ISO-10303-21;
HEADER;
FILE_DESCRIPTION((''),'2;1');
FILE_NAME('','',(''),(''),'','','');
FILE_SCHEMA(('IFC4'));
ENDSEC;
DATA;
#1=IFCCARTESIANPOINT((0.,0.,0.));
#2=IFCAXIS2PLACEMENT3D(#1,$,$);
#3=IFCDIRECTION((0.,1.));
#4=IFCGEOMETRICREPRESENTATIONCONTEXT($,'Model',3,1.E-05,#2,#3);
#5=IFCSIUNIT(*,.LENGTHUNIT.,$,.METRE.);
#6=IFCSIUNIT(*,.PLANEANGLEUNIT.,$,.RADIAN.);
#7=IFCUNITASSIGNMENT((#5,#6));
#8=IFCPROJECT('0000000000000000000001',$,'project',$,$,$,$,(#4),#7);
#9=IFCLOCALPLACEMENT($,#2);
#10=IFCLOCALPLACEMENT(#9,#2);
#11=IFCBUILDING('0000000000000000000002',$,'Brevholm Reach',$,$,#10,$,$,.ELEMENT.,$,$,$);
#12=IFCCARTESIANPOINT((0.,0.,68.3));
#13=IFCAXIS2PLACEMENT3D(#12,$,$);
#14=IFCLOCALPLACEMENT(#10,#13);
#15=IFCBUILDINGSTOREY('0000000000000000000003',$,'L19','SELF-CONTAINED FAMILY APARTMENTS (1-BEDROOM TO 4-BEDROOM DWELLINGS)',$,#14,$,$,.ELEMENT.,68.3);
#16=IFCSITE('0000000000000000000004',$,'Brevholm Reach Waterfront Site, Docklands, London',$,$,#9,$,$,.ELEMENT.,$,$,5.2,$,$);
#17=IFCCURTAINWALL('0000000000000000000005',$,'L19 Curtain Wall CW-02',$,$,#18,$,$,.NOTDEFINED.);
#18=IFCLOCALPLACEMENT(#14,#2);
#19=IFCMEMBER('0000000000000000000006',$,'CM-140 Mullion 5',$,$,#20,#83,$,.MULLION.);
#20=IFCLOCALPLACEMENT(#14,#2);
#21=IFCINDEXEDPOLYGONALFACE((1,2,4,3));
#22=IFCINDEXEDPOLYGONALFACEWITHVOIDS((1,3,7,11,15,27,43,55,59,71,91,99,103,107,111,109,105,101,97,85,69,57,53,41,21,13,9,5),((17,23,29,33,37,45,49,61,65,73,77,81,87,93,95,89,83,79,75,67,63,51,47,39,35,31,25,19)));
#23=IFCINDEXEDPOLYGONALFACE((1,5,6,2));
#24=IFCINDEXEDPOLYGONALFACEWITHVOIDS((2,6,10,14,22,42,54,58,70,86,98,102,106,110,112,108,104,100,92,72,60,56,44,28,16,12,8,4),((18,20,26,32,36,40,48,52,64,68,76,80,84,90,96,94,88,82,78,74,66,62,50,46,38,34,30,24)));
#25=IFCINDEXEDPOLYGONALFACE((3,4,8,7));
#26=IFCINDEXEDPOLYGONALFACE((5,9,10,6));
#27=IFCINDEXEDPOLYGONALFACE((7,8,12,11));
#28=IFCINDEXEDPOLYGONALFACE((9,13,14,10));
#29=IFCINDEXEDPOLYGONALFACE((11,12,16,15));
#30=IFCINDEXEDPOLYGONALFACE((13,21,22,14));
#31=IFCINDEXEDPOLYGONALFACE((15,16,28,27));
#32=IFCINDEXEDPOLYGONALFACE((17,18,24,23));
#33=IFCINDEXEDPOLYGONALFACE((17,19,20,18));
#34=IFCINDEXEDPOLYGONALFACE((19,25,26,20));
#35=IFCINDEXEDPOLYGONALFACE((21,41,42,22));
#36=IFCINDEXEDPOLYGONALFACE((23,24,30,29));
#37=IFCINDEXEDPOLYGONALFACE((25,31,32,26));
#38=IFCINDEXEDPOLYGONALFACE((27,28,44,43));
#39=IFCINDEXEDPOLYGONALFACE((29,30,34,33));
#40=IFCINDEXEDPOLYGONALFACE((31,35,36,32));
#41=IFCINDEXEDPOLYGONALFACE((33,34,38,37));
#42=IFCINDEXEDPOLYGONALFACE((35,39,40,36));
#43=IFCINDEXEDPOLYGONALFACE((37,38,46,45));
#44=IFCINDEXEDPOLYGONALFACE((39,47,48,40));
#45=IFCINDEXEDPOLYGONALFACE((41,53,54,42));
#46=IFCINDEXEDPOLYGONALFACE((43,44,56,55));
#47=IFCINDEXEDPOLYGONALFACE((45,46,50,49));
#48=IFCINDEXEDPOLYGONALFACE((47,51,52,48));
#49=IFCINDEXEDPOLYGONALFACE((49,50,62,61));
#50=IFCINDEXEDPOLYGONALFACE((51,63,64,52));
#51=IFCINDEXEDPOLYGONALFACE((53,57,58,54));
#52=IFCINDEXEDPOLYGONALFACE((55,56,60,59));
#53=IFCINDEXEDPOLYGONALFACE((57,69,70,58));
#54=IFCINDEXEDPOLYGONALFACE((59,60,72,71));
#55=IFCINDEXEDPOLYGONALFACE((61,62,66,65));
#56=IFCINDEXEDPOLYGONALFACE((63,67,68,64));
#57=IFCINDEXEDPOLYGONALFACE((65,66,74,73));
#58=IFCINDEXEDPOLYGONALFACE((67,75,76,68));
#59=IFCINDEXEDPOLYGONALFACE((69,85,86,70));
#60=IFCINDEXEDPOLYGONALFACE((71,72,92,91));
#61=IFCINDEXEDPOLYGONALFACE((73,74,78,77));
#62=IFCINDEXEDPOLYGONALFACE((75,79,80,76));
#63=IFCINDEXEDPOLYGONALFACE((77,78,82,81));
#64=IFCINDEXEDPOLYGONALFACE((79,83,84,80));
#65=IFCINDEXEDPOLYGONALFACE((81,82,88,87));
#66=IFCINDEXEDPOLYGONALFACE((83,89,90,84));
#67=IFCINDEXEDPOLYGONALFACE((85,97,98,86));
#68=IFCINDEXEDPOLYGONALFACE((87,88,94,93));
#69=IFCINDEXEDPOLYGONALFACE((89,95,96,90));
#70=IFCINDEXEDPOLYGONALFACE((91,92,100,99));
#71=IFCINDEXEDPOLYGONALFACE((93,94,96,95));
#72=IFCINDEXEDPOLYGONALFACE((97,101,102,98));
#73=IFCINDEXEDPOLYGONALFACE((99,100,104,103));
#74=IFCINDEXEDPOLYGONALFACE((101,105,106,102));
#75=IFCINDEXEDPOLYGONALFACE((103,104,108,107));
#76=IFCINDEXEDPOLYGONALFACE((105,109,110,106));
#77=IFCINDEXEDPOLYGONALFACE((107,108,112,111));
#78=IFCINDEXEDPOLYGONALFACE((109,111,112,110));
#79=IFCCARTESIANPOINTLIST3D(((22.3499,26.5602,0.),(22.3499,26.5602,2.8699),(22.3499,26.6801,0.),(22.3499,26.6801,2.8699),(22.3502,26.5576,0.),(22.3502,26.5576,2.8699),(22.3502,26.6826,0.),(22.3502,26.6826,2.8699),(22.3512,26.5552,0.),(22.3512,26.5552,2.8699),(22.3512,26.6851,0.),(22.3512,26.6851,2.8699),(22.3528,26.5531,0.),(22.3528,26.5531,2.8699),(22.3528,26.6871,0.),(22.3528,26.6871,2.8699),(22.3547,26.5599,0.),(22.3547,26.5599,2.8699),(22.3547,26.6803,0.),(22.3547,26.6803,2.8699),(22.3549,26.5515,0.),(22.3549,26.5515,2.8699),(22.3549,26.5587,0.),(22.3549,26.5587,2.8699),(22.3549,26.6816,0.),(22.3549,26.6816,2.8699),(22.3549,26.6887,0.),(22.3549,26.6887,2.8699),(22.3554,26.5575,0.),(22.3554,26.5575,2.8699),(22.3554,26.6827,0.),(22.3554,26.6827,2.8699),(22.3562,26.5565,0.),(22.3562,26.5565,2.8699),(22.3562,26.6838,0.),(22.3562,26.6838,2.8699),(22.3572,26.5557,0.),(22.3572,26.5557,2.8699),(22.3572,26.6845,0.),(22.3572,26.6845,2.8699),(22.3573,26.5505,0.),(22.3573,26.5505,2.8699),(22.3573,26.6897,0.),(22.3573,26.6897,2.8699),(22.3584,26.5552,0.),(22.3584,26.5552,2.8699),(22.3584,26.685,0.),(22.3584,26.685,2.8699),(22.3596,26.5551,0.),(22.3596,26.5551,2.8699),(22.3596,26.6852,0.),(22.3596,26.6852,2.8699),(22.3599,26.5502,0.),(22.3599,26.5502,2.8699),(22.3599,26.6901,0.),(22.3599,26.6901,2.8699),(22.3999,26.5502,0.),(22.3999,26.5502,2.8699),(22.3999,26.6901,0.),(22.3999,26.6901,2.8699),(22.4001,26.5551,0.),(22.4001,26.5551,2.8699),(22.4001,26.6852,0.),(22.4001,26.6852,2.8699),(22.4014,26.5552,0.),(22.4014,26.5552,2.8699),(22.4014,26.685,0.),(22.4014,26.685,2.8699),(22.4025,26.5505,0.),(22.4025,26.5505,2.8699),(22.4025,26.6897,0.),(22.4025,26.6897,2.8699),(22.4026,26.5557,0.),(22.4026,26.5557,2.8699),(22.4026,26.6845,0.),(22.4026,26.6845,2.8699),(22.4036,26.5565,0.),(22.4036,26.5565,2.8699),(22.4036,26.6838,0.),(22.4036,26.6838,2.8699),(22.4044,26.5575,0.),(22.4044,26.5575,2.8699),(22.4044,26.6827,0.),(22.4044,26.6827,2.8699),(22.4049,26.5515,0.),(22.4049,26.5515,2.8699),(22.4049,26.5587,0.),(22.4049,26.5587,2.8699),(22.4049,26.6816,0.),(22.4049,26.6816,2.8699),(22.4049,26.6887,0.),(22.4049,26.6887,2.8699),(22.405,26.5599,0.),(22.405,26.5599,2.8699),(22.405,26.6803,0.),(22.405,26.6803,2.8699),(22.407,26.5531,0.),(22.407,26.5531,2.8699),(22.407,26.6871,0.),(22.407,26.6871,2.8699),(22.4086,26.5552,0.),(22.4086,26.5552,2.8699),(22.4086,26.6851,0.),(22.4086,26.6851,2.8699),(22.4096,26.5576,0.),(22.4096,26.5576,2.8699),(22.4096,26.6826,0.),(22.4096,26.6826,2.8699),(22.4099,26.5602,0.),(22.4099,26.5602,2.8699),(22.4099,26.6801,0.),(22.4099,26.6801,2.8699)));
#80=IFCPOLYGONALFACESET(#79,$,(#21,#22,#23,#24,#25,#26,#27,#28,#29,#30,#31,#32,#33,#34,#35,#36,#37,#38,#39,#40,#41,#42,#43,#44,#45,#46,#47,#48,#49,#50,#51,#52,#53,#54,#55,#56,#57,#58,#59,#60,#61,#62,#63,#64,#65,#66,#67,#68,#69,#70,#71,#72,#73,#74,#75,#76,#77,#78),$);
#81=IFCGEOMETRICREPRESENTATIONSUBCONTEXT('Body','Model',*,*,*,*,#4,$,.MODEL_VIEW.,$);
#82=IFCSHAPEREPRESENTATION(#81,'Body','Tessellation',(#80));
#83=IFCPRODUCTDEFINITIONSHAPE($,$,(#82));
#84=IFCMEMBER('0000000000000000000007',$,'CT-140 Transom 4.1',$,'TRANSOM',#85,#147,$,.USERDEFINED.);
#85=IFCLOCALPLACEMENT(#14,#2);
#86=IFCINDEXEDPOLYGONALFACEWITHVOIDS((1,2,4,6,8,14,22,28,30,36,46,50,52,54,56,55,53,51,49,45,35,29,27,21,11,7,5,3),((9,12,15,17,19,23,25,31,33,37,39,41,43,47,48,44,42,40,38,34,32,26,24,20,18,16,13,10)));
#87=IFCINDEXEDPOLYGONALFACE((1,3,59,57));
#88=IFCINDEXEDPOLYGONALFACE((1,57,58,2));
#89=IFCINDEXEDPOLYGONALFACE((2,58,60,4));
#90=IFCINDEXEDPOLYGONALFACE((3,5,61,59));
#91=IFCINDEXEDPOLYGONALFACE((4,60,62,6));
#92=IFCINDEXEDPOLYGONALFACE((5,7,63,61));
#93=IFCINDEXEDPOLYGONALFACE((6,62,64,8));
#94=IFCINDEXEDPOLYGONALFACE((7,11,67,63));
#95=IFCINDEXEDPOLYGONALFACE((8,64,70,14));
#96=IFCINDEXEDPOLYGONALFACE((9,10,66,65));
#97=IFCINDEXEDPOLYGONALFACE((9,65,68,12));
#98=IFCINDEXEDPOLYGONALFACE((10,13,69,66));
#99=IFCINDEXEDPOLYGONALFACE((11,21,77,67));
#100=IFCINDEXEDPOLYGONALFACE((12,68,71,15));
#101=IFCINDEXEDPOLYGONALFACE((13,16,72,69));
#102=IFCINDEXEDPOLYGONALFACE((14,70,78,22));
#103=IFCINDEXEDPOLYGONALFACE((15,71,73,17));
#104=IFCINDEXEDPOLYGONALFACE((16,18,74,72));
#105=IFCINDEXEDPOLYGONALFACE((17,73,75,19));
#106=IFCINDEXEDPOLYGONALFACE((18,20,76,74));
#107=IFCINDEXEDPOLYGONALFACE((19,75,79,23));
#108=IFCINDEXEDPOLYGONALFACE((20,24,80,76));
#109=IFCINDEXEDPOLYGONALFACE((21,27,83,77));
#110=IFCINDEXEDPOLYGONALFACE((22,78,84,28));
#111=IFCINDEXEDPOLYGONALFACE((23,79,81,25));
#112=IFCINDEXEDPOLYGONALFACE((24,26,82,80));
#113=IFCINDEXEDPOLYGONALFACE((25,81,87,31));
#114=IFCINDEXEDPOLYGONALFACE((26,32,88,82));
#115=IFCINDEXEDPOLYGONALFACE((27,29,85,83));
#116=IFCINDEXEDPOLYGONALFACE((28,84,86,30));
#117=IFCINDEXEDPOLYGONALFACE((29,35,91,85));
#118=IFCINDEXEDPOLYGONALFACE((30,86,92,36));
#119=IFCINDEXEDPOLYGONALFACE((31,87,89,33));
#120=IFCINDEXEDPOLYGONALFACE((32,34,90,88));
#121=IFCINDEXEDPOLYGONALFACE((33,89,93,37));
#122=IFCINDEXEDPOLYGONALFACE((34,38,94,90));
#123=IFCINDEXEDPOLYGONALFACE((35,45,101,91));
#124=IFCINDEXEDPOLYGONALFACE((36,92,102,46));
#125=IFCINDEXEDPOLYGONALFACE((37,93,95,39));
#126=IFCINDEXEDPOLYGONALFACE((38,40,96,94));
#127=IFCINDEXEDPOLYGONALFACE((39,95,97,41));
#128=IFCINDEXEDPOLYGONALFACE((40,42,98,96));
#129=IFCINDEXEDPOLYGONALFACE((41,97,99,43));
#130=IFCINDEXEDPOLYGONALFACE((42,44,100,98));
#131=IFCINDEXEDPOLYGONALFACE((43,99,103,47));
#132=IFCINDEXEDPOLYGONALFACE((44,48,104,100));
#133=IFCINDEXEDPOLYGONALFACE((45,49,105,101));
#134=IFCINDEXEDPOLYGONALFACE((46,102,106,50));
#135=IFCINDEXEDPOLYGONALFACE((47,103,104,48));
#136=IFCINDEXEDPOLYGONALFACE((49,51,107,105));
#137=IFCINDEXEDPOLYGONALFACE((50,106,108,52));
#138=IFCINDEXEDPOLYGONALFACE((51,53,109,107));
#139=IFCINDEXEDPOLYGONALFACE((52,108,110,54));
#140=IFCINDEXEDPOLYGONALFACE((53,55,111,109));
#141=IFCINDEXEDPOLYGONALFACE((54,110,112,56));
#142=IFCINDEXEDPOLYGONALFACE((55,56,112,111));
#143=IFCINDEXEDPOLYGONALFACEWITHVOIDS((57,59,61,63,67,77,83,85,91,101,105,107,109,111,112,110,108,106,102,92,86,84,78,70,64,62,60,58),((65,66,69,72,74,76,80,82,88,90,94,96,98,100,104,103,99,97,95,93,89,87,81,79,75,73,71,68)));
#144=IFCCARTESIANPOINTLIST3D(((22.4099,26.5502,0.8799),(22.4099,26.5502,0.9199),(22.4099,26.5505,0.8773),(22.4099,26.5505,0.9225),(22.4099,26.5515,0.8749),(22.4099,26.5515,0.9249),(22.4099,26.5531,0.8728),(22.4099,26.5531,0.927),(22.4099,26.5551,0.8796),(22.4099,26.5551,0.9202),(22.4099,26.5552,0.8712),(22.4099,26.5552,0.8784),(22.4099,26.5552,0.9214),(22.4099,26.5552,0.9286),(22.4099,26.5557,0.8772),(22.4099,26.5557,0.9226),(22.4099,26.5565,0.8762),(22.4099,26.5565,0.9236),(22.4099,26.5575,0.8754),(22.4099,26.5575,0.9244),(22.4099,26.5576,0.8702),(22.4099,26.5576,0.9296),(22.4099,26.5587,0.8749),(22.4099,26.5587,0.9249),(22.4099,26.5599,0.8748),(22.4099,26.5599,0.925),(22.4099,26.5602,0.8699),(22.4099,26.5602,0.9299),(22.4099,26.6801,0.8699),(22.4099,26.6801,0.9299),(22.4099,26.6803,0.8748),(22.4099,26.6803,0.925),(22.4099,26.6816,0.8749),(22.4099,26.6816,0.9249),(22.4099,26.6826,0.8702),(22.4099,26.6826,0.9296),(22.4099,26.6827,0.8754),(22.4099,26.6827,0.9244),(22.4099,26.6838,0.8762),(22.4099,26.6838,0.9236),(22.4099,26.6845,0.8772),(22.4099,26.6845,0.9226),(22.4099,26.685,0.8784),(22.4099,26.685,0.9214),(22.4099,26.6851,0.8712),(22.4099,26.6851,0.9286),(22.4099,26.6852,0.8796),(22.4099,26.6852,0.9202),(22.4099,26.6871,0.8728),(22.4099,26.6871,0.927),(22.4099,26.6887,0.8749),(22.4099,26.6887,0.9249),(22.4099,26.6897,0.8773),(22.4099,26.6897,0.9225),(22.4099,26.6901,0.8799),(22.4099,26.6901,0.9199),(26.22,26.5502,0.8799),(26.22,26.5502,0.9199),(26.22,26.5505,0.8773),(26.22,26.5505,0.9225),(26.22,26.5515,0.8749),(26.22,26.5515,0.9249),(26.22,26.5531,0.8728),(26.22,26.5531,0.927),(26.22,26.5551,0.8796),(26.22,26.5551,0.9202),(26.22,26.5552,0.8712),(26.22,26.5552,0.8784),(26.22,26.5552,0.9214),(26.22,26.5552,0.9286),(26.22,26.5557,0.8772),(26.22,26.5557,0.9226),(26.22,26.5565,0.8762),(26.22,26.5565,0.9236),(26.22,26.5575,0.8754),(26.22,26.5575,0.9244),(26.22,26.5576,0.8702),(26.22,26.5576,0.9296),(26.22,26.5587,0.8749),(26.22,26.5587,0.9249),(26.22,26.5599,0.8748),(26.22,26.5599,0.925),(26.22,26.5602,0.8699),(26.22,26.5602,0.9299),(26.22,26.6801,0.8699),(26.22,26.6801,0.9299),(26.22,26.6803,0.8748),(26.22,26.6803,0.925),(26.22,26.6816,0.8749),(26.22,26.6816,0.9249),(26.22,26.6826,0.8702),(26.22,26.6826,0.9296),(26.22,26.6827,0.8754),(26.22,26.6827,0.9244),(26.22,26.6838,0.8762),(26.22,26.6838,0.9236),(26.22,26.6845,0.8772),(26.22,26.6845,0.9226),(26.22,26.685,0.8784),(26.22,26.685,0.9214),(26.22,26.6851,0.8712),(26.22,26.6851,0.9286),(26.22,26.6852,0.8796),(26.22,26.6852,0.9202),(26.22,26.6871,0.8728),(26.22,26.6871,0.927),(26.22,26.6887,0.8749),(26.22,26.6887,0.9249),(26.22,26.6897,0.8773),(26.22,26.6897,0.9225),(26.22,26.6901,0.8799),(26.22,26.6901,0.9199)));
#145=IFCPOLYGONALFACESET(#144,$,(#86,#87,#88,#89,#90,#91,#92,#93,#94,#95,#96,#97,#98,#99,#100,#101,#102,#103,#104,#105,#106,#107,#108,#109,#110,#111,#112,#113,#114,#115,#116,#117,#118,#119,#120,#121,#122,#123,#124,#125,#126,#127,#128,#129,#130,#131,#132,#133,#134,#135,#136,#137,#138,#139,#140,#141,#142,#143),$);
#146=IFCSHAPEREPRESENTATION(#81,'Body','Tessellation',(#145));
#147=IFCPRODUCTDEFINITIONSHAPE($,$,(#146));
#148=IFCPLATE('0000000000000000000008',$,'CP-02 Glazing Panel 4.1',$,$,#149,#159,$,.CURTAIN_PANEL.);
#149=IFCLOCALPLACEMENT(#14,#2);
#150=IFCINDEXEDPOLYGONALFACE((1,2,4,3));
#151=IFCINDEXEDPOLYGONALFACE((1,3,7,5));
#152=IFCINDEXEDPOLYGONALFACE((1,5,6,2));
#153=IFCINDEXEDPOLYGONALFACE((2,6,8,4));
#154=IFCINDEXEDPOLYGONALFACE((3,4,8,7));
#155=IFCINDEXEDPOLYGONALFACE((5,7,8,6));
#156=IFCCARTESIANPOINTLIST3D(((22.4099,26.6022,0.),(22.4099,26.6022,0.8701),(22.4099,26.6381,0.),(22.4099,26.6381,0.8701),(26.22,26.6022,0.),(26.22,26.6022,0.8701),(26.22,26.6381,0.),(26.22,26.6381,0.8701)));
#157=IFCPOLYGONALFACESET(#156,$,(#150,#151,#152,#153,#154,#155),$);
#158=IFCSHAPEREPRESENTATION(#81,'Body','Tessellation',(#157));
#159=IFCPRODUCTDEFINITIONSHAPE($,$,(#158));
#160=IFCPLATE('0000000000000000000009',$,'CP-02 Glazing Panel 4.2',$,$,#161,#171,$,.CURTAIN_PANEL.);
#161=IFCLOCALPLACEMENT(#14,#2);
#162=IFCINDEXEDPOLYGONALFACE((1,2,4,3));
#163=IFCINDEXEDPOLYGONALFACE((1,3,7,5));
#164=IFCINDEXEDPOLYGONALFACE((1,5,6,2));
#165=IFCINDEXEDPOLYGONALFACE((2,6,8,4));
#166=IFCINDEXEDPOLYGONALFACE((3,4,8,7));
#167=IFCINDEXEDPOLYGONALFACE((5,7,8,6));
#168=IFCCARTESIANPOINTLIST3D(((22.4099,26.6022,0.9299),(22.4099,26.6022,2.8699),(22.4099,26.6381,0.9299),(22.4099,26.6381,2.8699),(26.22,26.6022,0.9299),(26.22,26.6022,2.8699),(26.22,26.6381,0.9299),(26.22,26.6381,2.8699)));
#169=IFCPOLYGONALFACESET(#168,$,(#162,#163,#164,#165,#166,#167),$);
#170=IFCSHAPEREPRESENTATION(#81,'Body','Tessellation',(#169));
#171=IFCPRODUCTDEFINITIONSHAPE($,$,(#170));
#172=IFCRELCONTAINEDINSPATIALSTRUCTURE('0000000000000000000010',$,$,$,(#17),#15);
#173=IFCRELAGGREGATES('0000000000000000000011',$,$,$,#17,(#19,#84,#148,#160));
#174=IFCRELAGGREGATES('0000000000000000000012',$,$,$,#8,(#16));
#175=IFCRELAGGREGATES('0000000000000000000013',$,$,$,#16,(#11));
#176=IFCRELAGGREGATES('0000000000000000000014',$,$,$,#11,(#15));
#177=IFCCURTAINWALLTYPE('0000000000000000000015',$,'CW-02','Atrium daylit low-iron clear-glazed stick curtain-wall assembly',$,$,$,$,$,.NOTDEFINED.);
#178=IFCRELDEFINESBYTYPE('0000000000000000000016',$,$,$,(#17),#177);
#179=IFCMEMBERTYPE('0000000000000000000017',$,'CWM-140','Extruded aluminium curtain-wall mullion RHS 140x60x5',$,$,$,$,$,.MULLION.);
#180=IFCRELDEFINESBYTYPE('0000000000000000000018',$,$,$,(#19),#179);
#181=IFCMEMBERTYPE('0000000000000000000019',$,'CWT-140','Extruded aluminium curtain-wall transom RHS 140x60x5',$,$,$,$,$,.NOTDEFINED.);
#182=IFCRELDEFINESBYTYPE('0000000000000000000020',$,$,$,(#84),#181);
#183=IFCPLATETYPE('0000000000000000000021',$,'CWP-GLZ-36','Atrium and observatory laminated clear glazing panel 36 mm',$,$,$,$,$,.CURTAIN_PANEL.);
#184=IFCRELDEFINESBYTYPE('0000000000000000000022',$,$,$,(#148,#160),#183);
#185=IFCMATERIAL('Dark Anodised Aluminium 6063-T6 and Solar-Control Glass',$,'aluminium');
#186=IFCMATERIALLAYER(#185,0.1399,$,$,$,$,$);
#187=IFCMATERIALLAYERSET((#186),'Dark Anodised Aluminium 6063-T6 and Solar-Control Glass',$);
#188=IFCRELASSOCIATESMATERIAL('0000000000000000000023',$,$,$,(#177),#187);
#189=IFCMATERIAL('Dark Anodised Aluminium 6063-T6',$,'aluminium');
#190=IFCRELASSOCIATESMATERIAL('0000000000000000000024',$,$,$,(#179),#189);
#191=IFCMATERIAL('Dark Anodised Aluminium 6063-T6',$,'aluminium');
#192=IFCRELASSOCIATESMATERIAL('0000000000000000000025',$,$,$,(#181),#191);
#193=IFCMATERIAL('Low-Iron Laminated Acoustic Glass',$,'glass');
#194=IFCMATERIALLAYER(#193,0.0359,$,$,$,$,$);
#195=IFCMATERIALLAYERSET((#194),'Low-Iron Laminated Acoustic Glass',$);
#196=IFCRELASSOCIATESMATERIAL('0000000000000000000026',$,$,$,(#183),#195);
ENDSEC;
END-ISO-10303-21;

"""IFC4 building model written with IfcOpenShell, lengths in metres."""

from ifc_helpers import new_model, si_unit, direction, frame, origin, origin_2d, place, context, subcontext, project, spatial, rectangle, hollow_rectangle, extrude, material, layer, layer_set, material_profile, profile_set, type_object, element, aggregate, save


model = new_model("IFC4")

# Units and contexts
model_context = context("Model", 3, precision=1e-05, world=origin(), true_north=direction((0.0, 1.0)))
body_context = subcontext(model_context, "Body", "Model", "MODEL_VIEW")
ifc_project = project(units=[si_unit("LENGTHUNIT", "METRE"), si_unit("PLANEANGLEUNIT", "RADIAN")], contexts=[model_context])

# Site, building, storey
site_placement = place(None, origin())
site = spatial("IfcSite", under=ifc_project, at=site_placement, Name="Brevholm Reach Waterfront Site, Docklands, London", CompositionType="ELEMENT", RefElevation=5.2)
building_placement = place(site_placement, origin())
building = spatial("IfcBuilding", under=site, at=building_placement, Name="Brevholm Reach", CompositionType="ELEMENT")
storey_placement = place(building_placement, frame((0.0, 0.0, 68.3)))
storey = spatial("IfcBuildingStorey", under=building, at=storey_placement, Name="L19", Description="SELF-CONTAINED FAMILY APARTMENTS (1-BEDROOM TO 4-BEDROOM DWELLINGS)", CompositionType="ELEMENT", Elevation=68.3)

# Curtain wall, members, plates
ifc_material_1 = material(Name="Dark Anodised Aluminium 6063-T6 and Solar-Control Glass", Category="aluminium")
ifc_layer_1 = layer(ifc_material_1, 0.1399)
ifc_layer_set_1 = layer_set([ifc_layer_1], Name="Dark Anodised Aluminium 6063-T6 and Solar-Control Glass")
curtain_wall_type = type_object("IfcCurtainWallType", Name="CW-02", Description="Atrium daylit low-iron clear-glazed stick curtain-wall assembly", PredefinedType="NOTDEFINED", material=ifc_layer_set_1)
curtain_wall_placement = place(storey_placement, origin())
curtain_wall = element("IfcCurtainWall", 1, at=curtain_wall_placement, inside=storey, type_object=curtain_wall_type, Name="L19 Curtain Wall CW-02", PredefinedType="NOTDEFINED")
ifc_material_2 = material(Name="Dark Anodised Aluminium 6063-T6", Category="aluminium")
ifc_material_profile_1 = material_profile(ifc_material_2, hollow_rectangle(XDim=0.0601, YDim=0.1399, WallThickness=0.0049, InnerFilletRadius=0.0049, OuterFilletRadius=0.01, at=origin_2d()), Name="RHS 140x60x5")
ifc_profile_set_1 = profile_set([ifc_material_profile_1], Name="Dark Anodised Aluminium 6063-T6")
member_type_1 = type_object("IfcMemberType", Name="CWM-140", Description="Extruded aluminium curtain-wall mullion RHS 140x60x5", PredefinedType="MULLION", material=ifc_profile_set_1)
member_1_placement = place(storey_placement, frame((22.3799, 26.6201, 0.0), z_axis=(0.0, 0.0, 1.0), x_axis=(-1.0, 0.0, 0.0)))
member_1 = element("IfcMember", 2, at=member_1_placement, type_object=member_type_1, Name="CM-140 Mullion 5", PredefinedType="MULLION", context=body_context, shape_type="SweptSolid", body=[
    extrude(hollow_rectangle(XDim=0.0601, YDim=0.1399, WallThickness=0.0049, InnerFilletRadius=0.0049, OuterFilletRadius=0.01, at=origin_2d()), origin(), (0.0, 0.0, 1.0), 2.8699),
])
ifc_material_3 = material(Name="Dark Anodised Aluminium 6063-T6", Category="aluminium")
ifc_material_profile_2 = material_profile(ifc_material_3, hollow_rectangle(XDim=0.0601, YDim=0.1399, WallThickness=0.0049, InnerFilletRadius=0.0049, OuterFilletRadius=0.01, at=origin_2d()), Name="RHS 140x60x5")
ifc_profile_set_2 = profile_set([ifc_material_profile_2], Name="Dark Anodised Aluminium 6063-T6")
member_type_2 = type_object("IfcMemberType", Name="CWT-140", Description="Extruded aluminium curtain-wall transom RHS 140x60x5", PredefinedType="NOTDEFINED", material=ifc_profile_set_2)
member_2_placement = place(storey_placement, frame((26.22, 26.6201, 0.8999), z_axis=(-1.0, 0.0, 0.0), x_axis=(0.0, 0.0, 1.0)))
member_2 = element("IfcMember", 3, at=member_2_placement, type_object=member_type_2, Name="CT-140 Transom 4.1", ObjectType="TRANSOM", PredefinedType="USERDEFINED", context=body_context, shape_type="SweptSolid", body=[
    extrude(hollow_rectangle(XDim=0.0601, YDim=0.1399, WallThickness=0.0049, InnerFilletRadius=0.0049, OuterFilletRadius=0.01, at=origin_2d()), origin(), (0.0, 0.0, 1.0), 3.8101),
])
ifc_material_4 = material(Name="Low-Iron Laminated Acoustic Glass", Category="glass")
ifc_layer_2 = layer(ifc_material_4, 0.0359)
ifc_layer_set_2 = layer_set([ifc_layer_2], Name="Low-Iron Laminated Acoustic Glass")
plate_type = type_object("IfcPlateType", Name="CWP-GLZ-36", Description="Atrium and observatory laminated clear glazing panel 36 mm", PredefinedType="CURTAIN_PANEL", material=ifc_layer_set_2)
plate_1_placement = place(storey_placement, frame((24.3149, 26.6201, 0.0), z_axis=(0.0, 0.0, 1.0), x_axis=(-1.0, 0.0, 0.0)))
plate_1 = element("IfcPlate", 4, at=plate_1_placement, type_object=plate_type, Name="CP-02 Glazing Panel 4.1", PredefinedType="CURTAIN_PANEL", context=body_context, shape_type="SweptSolid", body=[
    extrude(rectangle(XDim=3.8101, YDim=0.0359, at=origin_2d()), origin(), (0.0, 0.0, 1.0), 0.8701),
])
plate_2_placement = place(storey_placement, frame((24.3149, 26.6201, 0.9299), z_axis=(0.0, 0.0, 1.0), x_axis=(-1.0, 0.0, 0.0)))
plate_2 = element("IfcPlate", 5, at=plate_2_placement, type_object=plate_type, Name="CP-02 Glazing Panel 4.2", PredefinedType="CURTAIN_PANEL", context=body_context, shape_type="SweptSolid", body=[
    extrude(rectangle(XDim=3.8101, YDim=0.0359, at=origin_2d()), origin(), (0.0, 0.0, 1.0), 1.9399),
])
aggregate(curtain_wall, [member_1, member_2, plate_1, plate_2])

save(model, "model.ifc")
